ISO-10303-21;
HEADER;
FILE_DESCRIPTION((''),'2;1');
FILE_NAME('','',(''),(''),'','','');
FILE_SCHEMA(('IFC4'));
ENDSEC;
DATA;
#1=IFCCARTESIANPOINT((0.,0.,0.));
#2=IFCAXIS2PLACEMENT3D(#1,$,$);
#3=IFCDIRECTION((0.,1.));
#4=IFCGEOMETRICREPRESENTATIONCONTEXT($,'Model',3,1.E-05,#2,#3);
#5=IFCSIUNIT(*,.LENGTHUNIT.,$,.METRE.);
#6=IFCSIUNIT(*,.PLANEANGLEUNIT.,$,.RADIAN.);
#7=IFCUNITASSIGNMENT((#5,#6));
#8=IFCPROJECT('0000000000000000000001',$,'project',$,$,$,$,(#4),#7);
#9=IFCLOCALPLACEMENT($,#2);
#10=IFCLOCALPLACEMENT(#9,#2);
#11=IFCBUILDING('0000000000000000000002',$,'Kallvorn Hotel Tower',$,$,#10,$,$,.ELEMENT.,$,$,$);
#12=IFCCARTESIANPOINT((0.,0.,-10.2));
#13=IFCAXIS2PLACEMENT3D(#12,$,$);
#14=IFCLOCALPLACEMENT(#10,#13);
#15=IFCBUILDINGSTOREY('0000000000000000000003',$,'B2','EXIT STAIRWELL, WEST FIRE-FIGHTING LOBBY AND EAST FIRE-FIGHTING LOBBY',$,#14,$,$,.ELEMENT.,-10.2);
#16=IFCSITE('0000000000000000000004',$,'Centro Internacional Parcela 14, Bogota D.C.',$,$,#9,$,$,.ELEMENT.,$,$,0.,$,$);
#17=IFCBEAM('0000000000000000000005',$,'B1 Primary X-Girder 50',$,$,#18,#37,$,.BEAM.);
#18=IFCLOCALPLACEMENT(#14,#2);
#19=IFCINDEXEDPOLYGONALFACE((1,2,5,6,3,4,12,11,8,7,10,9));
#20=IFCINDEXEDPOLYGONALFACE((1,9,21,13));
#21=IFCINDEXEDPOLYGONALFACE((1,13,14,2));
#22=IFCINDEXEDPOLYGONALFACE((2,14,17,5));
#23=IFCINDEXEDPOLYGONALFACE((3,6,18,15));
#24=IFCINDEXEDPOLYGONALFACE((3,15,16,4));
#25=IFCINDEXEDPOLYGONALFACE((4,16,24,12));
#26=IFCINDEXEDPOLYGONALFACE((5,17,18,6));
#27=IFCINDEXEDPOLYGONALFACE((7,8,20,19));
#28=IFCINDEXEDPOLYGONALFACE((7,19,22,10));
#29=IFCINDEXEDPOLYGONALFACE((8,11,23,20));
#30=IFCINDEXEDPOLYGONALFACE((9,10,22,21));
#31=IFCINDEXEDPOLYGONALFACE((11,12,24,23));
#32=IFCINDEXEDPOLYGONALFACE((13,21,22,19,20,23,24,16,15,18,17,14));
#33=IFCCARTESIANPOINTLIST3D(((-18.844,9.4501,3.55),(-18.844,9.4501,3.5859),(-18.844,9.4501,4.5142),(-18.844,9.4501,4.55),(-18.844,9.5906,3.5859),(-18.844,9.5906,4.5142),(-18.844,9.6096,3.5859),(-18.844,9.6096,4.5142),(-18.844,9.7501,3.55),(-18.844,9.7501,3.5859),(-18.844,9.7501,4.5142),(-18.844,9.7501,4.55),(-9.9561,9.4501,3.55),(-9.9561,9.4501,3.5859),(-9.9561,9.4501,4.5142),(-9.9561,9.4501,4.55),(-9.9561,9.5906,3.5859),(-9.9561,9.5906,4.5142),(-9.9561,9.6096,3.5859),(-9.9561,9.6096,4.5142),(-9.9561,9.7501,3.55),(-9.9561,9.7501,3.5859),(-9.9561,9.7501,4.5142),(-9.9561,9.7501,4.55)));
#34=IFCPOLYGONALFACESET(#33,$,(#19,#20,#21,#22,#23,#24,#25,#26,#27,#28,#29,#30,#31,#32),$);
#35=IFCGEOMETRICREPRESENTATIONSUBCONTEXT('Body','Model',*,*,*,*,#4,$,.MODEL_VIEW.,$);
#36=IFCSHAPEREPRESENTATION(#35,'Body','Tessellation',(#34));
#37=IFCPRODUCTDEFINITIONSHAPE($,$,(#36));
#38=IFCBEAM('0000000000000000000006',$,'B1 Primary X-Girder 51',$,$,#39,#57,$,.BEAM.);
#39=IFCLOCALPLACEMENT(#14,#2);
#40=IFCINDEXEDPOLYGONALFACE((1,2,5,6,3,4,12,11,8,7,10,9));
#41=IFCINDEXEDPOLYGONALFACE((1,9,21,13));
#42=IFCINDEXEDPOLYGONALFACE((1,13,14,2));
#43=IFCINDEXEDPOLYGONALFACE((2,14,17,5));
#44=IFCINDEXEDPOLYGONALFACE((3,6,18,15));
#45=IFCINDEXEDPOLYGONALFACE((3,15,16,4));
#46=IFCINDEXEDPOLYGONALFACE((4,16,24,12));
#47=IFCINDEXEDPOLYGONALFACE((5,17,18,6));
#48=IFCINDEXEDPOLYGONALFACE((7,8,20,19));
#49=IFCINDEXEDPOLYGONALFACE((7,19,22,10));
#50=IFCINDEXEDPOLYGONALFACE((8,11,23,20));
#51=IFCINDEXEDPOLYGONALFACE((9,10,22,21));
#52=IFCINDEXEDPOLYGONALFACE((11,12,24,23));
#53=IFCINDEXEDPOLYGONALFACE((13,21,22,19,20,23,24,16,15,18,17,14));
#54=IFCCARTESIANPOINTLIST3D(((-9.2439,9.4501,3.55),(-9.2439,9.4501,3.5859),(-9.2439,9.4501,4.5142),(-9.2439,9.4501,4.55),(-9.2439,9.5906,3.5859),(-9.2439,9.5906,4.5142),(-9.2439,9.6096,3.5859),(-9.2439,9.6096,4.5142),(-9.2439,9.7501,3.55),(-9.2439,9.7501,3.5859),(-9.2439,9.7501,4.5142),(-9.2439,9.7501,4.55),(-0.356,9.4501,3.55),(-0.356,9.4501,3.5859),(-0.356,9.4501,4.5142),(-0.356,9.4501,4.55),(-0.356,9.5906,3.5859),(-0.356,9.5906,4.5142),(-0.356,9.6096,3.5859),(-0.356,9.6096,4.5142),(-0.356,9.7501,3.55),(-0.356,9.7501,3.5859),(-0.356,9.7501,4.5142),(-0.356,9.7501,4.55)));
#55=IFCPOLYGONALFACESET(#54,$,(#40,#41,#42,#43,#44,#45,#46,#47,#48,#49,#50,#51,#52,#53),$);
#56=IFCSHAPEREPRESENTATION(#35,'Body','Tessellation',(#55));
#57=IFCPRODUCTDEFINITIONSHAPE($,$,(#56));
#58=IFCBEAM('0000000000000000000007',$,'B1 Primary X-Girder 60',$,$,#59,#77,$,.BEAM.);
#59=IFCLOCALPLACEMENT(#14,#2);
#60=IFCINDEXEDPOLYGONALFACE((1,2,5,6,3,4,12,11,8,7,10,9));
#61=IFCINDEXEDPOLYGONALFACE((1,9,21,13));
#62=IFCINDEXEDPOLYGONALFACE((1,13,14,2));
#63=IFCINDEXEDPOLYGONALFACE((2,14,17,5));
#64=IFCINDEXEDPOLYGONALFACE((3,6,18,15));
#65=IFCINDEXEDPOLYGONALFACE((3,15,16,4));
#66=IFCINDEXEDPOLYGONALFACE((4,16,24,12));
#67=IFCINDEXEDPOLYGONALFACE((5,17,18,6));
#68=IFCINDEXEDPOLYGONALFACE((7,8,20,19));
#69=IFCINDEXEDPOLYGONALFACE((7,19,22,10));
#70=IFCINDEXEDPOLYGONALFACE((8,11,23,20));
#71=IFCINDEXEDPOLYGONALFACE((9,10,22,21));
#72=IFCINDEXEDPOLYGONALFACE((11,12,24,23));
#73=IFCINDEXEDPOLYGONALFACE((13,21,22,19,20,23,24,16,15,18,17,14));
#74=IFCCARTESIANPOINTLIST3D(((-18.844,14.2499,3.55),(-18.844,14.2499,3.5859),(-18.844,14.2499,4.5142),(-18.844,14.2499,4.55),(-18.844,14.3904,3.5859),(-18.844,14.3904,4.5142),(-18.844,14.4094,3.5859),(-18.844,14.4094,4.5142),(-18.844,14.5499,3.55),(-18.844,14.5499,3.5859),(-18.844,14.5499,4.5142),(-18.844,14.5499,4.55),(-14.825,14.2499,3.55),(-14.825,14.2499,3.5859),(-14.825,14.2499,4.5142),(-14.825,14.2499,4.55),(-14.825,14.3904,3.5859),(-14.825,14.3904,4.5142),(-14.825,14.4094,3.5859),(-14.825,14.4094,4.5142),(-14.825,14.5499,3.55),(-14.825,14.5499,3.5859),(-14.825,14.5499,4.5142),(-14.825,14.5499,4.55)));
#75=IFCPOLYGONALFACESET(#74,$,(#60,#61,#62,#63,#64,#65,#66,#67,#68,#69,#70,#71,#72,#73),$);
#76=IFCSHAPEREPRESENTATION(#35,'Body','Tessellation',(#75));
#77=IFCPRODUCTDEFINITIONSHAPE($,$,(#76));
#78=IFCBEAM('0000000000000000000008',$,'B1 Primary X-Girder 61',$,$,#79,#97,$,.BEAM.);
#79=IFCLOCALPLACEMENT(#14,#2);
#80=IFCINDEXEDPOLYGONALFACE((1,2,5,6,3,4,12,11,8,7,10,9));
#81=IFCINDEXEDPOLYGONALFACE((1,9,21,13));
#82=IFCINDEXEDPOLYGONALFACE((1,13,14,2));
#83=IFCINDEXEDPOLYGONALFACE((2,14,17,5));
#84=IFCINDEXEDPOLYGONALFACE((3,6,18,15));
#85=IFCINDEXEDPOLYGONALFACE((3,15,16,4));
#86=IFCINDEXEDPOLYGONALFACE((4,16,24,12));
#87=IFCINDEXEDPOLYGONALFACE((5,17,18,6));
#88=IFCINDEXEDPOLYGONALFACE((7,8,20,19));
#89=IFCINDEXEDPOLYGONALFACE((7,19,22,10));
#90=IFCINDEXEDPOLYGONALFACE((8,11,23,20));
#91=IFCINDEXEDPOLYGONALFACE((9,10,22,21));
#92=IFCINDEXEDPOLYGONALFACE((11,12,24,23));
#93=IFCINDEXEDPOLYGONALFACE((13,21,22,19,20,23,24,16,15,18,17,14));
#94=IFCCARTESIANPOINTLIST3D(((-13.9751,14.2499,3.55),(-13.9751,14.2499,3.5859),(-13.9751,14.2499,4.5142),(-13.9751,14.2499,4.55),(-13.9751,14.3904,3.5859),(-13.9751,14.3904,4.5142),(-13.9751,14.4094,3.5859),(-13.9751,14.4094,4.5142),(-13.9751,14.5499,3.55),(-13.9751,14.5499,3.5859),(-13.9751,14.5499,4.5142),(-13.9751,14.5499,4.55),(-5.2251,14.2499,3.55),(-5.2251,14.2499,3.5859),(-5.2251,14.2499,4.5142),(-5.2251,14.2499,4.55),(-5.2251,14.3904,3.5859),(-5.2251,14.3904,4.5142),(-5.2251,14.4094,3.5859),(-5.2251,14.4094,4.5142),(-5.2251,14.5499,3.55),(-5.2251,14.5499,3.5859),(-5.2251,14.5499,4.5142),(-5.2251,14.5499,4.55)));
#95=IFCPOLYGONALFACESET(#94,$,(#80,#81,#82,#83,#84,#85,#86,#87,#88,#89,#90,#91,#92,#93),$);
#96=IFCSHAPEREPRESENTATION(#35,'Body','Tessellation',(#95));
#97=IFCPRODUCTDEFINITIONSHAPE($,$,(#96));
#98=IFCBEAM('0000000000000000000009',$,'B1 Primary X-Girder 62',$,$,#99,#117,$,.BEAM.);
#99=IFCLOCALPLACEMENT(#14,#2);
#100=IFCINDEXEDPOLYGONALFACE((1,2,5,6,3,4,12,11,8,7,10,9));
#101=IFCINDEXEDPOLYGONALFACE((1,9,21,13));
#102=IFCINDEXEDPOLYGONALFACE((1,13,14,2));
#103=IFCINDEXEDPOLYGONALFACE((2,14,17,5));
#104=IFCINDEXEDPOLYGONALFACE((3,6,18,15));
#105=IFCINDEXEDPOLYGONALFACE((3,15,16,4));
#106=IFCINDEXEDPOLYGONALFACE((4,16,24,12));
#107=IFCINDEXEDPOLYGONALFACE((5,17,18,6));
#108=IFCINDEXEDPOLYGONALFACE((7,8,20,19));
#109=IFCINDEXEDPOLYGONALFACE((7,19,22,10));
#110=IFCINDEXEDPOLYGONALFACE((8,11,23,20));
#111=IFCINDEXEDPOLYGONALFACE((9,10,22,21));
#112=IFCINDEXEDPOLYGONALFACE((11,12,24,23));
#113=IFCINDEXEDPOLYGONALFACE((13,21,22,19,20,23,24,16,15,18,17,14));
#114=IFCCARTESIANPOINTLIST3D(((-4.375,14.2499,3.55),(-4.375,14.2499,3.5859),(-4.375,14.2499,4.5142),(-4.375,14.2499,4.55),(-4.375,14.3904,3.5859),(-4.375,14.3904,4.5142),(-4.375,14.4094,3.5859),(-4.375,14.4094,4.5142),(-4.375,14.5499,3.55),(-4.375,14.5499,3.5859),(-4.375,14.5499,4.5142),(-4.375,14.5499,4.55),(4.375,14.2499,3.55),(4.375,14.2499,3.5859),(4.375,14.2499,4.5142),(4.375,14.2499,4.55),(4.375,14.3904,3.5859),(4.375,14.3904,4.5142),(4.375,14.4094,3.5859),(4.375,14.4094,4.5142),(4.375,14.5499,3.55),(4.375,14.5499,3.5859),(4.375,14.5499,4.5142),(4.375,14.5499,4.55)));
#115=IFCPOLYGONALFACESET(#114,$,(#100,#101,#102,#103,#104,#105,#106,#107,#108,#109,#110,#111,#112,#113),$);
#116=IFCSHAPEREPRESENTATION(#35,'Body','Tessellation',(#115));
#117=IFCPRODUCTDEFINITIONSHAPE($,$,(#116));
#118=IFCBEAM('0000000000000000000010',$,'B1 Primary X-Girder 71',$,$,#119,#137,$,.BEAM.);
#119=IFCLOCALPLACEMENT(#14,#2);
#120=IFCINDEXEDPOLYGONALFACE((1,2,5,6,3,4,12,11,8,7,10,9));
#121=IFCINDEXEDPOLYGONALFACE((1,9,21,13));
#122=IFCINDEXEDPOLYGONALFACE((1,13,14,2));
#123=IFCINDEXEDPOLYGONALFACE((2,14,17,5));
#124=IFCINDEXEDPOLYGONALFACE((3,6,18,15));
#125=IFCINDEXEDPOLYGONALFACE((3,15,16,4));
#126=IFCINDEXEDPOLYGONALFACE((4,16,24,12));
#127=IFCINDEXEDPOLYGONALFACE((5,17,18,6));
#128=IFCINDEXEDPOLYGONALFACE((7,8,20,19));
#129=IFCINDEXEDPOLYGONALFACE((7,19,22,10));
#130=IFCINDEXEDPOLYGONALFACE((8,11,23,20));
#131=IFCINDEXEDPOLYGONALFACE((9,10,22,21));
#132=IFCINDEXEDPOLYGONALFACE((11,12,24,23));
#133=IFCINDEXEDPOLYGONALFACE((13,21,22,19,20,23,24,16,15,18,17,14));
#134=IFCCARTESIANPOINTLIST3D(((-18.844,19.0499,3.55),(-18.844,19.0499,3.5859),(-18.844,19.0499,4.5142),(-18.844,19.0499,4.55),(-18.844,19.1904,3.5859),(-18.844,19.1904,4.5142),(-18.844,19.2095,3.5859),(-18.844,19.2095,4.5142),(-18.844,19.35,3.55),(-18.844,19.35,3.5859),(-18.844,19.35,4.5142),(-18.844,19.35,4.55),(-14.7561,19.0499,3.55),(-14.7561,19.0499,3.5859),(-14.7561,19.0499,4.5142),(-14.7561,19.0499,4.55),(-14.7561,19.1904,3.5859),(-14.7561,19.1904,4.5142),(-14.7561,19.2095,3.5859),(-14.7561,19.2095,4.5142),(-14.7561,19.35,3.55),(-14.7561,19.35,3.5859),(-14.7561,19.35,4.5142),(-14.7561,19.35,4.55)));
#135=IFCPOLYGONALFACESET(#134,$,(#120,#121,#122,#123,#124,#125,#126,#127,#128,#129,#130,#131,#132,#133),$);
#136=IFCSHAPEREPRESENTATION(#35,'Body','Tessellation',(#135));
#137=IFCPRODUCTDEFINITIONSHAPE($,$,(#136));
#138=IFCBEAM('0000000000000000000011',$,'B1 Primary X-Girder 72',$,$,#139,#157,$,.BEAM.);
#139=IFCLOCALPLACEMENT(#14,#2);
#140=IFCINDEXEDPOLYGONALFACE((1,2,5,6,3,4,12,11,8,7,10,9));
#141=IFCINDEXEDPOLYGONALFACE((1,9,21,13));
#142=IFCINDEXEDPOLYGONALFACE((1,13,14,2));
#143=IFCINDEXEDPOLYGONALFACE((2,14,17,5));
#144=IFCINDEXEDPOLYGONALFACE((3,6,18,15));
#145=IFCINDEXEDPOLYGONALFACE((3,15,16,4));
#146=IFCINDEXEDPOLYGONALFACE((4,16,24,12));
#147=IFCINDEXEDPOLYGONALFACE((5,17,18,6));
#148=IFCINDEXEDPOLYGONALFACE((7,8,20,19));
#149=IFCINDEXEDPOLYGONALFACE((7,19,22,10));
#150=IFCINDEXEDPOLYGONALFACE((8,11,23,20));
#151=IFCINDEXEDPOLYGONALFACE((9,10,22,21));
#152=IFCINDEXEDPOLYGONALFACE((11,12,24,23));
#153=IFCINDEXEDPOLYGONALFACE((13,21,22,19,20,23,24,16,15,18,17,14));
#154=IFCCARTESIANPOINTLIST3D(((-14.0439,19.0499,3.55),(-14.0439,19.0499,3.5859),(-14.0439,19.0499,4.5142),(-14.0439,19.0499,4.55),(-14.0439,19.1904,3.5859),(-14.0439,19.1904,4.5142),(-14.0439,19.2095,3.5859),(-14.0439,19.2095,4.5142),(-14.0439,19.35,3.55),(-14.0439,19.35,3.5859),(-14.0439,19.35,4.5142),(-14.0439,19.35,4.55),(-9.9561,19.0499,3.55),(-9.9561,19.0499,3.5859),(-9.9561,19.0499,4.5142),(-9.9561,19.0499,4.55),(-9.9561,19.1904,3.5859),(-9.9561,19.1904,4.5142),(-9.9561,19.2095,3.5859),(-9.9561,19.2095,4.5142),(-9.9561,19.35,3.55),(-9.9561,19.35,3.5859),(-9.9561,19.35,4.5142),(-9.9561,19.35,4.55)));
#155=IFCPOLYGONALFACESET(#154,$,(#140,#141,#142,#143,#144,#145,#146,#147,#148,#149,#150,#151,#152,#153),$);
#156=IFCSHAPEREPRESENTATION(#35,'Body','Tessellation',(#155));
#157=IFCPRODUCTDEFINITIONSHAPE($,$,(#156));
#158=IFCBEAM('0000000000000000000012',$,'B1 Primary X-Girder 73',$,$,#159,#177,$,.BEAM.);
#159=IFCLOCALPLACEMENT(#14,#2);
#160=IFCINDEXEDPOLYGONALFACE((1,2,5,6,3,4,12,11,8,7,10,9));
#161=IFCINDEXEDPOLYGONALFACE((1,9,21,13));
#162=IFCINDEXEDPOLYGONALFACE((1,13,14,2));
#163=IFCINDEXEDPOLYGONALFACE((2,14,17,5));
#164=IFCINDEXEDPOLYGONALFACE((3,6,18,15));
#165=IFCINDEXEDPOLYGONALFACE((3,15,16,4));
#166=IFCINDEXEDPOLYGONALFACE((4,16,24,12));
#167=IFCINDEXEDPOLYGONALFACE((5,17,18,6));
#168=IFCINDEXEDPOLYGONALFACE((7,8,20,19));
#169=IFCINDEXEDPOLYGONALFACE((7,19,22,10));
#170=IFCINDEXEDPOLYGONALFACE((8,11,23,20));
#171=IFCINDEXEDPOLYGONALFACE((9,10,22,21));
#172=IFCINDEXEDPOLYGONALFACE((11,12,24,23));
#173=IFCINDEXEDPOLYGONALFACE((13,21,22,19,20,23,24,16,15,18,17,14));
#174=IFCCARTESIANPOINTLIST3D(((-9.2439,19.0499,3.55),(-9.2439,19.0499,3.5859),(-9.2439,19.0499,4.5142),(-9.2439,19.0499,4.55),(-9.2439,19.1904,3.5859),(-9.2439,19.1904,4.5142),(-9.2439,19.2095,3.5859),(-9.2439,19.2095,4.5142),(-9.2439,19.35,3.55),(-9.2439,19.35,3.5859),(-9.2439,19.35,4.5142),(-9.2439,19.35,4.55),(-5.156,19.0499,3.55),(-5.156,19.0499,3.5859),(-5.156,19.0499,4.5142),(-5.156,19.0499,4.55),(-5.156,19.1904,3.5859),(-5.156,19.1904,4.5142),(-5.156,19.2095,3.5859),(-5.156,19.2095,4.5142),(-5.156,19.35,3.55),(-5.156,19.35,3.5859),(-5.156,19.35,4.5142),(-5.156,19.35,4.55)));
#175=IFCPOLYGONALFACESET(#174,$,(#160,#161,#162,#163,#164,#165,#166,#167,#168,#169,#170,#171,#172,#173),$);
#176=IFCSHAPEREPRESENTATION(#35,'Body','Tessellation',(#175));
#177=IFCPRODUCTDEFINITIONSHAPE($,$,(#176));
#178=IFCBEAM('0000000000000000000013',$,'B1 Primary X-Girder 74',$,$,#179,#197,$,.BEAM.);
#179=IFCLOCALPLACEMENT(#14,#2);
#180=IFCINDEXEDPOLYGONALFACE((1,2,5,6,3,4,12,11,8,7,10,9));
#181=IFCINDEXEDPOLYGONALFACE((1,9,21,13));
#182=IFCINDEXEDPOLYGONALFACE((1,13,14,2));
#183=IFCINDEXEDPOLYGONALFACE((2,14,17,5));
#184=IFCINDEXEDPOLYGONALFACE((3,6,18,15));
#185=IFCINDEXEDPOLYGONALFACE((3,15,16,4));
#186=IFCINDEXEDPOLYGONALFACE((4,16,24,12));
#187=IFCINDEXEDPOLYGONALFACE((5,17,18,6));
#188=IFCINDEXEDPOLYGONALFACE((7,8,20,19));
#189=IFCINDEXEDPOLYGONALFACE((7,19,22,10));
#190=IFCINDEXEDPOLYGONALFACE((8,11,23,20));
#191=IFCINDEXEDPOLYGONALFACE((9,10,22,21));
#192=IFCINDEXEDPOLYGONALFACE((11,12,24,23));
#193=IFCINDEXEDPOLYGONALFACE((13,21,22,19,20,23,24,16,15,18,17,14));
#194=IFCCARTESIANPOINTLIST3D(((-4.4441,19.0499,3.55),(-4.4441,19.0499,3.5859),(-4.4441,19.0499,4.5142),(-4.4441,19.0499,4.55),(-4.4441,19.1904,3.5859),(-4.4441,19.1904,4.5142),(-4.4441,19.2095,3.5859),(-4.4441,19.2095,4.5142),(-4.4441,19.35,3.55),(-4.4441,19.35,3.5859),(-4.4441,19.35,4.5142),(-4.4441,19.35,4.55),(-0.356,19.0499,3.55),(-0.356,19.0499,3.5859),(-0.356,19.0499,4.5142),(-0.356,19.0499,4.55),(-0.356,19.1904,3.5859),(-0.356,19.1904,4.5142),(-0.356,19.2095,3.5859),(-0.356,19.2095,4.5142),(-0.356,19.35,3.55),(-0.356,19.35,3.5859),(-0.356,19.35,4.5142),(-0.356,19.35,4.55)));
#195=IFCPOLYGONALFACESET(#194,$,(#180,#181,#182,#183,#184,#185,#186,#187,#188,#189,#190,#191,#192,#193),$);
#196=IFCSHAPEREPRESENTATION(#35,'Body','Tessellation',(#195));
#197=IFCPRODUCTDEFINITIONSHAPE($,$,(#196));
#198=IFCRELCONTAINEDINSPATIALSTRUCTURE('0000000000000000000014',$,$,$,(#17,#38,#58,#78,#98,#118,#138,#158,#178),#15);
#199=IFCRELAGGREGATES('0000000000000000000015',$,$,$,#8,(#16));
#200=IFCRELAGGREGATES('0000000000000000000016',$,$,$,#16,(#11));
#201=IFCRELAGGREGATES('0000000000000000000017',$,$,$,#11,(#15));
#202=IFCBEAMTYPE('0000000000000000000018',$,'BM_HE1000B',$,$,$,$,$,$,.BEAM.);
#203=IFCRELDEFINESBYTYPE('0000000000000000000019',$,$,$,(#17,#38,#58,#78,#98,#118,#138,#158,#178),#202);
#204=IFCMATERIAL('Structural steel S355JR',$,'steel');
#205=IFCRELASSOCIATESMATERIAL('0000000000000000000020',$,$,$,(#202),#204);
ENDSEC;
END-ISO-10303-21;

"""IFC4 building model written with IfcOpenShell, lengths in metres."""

from ifc_helpers import new_model, si_unit, direction, frame, origin, origin_2d, place, context, subcontext, project, spatial, i_section, extrude, material, material_profile, profile_set, type_object, element, save


model = new_model("IFC4")

# Units and contexts
model_context = context("Model", 3, precision=1e-05, world=origin(), true_north=direction((0.0, 1.0)))
body_context = subcontext(model_context, "Body", "Model", "MODEL_VIEW")
ifc_project = project(units=[si_unit("LENGTHUNIT", "METRE"), si_unit("PLANEANGLEUNIT", "RADIAN")], contexts=[model_context])

# Site, building, storey
site_placement = place(None, origin())
site = spatial("IfcSite", under=ifc_project, at=site_placement, Name="Centro Internacional Parcela 14, Bogota D.C.", CompositionType="ELEMENT", RefElevation=0.0)
building_placement = place(site_placement, origin())
building = spatial("IfcBuilding", under=site, at=building_placement, Name="Kallvorn Hotel Tower", CompositionType="ELEMENT")
storey_placement = place(building_placement, frame((0.0, 0.0, -10.2)))
storey = spatial("IfcBuildingStorey", under=building, at=storey_placement, Name="B2", Description="EXIT STAIRWELL, WEST FIRE-FIGHTING LOBBY AND EAST FIRE-FIGHTING LOBBY", CompositionType="ELEMENT", Elevation=-10.2)

# Beams
ifc_material_1 = material(Name="Structural steel S355JR", Category="steel")
ifc_material_profile_1 = material_profile(ifc_material_1, i_section(OverallWidth=0.3, OverallDepth=1.0, WebThickness=0.019, FlangeThickness=0.0359, at=origin_2d()), Name="HE 1000 B")
ifc_profile_set_1 = profile_set([ifc_material_profile_1], Name="Structural steel S355JR")
beam_type_1 = type_object("IfcBeamType", Name="BM_HE1000B", PredefinedType="BEAM", material=ifc_profile_set_1)
for number, where, z_axis, x_axis, name in (
    (1, (-18.844, 9.6001, 4.05), (1.0, 0.0, 0.0), (0.0, 1.0, 0.0), "B1 Primary X-Girder 50"),
    (2, (-9.2439, 9.6001, 4.05), (1.0, 0.0, 0.0), (0.0, 1.0, 0.0), "B1 Primary X-Girder 51"),
):
    element("IfcBeam", number, at=place(storey_placement, frame(where, z_axis=z_axis, x_axis=x_axis)), inside=storey, type_object=beam_type_1, Name=name, PredefinedType="BEAM", context=body_context, shape_type="SweptSolid", body=[
        extrude(i_section(OverallWidth=0.3, OverallDepth=1.0, WebThickness=0.019, FlangeThickness=0.0359, at=origin_2d()), origin(), (0.0, 0.0, 1.0), 8.8879),
    ])
beam_1_placement = place(storey_placement, frame((-18.844, 14.3999, 4.05), z_axis=(1.0, 0.0, 0.0), x_axis=(0.0, 1.0, 0.0)))
element("IfcBeam", 3, at=beam_1_placement, inside=storey, type_object=beam_type_1, Name="B1 Primary X-Girder 60", PredefinedType="BEAM", context=body_context, shape_type="SweptSolid", body=[
    extrude(i_section(OverallWidth=0.3, OverallDepth=1.0, WebThickness=0.019, FlangeThickness=0.0359, at=origin_2d()), origin(), (0.0, 0.0, 1.0), 4.019),
])
for number, where, z_axis, x_axis, name in (
    (4, (-13.9751, 14.3999, 4.05), (1.0, 0.0, 0.0), (0.0, 1.0, 0.0), "B1 Primary X-Girder 61"),
    (5, (-4.375, 14.3999, 4.05), (1.0, 0.0, 0.0), (0.0, 1.0, 0.0), "B1 Primary X-Girder 62"),
):
    element("IfcBeam", number, at=place(storey_placement, frame(where, z_axis=z_axis, x_axis=x_axis)), inside=storey, type_object=beam_type_1, Name=name, PredefinedType="BEAM", context=body_context, shape_type="SweptSolid", body=[
        extrude(i_section(OverallWidth=0.3, OverallDepth=1.0, WebThickness=0.019, FlangeThickness=0.0359, at=origin_2d()), origin(), (0.0, 0.0, 1.0), 8.75),
    ])
for number, where, z_axis, x_axis, name in (
    (6, (-18.844, 19.2, 4.05), (1.0, 0.0, 0.0), (0.0, 1.0, 0.0), "B1 Primary X-Girder 71"),
    (7, (-14.0439, 19.2, 4.05), (1.0, 0.0, 0.0), (0.0, 1.0, 0.0), "B1 Primary X-Girder 72"),
    (8, (-9.2439, 19.2, 4.05), (1.0, 0.0, 0.0), (0.0, 1.0, 0.0), "B1 Primary X-Girder 73"),
):
    element("IfcBeam", number, at=place(storey_placement, frame(where, z_axis=z_axis, x_axis=x_axis)), inside=storey, type_object=beam_type_1, Name=name, PredefinedType="BEAM", context=body_context, shape_type="SweptSolid", body=[
        extrude(i_section(OverallWidth=0.3, OverallDepth=1.0, WebThickness=0.019, FlangeThickness=0.0359, at=origin_2d()), origin(), (0.0, 0.0, 1.0), 4.0879),
    ])
beam_2_placement = place(storey_placement, frame((-4.4441, 19.2, 4.05), z_axis=(1.0, 0.0, 0.0), x_axis=(0.0, 1.0, 0.0)))
element("IfcBeam", 9, at=beam_2_placement, inside=storey, type_object=beam_type_1, Name="B1 Primary X-Girder 74", PredefinedType="BEAM", context=body_context, shape_type="SweptSolid", body=[
    extrude(i_section(OverallWidth=0.3, OverallDepth=1.0, WebThickness=0.019, FlangeThickness=0.0359, at=origin_2d()), origin(), (0.0, 0.0, 1.0), 4.0881),
])

save(model, "model.ifc")
